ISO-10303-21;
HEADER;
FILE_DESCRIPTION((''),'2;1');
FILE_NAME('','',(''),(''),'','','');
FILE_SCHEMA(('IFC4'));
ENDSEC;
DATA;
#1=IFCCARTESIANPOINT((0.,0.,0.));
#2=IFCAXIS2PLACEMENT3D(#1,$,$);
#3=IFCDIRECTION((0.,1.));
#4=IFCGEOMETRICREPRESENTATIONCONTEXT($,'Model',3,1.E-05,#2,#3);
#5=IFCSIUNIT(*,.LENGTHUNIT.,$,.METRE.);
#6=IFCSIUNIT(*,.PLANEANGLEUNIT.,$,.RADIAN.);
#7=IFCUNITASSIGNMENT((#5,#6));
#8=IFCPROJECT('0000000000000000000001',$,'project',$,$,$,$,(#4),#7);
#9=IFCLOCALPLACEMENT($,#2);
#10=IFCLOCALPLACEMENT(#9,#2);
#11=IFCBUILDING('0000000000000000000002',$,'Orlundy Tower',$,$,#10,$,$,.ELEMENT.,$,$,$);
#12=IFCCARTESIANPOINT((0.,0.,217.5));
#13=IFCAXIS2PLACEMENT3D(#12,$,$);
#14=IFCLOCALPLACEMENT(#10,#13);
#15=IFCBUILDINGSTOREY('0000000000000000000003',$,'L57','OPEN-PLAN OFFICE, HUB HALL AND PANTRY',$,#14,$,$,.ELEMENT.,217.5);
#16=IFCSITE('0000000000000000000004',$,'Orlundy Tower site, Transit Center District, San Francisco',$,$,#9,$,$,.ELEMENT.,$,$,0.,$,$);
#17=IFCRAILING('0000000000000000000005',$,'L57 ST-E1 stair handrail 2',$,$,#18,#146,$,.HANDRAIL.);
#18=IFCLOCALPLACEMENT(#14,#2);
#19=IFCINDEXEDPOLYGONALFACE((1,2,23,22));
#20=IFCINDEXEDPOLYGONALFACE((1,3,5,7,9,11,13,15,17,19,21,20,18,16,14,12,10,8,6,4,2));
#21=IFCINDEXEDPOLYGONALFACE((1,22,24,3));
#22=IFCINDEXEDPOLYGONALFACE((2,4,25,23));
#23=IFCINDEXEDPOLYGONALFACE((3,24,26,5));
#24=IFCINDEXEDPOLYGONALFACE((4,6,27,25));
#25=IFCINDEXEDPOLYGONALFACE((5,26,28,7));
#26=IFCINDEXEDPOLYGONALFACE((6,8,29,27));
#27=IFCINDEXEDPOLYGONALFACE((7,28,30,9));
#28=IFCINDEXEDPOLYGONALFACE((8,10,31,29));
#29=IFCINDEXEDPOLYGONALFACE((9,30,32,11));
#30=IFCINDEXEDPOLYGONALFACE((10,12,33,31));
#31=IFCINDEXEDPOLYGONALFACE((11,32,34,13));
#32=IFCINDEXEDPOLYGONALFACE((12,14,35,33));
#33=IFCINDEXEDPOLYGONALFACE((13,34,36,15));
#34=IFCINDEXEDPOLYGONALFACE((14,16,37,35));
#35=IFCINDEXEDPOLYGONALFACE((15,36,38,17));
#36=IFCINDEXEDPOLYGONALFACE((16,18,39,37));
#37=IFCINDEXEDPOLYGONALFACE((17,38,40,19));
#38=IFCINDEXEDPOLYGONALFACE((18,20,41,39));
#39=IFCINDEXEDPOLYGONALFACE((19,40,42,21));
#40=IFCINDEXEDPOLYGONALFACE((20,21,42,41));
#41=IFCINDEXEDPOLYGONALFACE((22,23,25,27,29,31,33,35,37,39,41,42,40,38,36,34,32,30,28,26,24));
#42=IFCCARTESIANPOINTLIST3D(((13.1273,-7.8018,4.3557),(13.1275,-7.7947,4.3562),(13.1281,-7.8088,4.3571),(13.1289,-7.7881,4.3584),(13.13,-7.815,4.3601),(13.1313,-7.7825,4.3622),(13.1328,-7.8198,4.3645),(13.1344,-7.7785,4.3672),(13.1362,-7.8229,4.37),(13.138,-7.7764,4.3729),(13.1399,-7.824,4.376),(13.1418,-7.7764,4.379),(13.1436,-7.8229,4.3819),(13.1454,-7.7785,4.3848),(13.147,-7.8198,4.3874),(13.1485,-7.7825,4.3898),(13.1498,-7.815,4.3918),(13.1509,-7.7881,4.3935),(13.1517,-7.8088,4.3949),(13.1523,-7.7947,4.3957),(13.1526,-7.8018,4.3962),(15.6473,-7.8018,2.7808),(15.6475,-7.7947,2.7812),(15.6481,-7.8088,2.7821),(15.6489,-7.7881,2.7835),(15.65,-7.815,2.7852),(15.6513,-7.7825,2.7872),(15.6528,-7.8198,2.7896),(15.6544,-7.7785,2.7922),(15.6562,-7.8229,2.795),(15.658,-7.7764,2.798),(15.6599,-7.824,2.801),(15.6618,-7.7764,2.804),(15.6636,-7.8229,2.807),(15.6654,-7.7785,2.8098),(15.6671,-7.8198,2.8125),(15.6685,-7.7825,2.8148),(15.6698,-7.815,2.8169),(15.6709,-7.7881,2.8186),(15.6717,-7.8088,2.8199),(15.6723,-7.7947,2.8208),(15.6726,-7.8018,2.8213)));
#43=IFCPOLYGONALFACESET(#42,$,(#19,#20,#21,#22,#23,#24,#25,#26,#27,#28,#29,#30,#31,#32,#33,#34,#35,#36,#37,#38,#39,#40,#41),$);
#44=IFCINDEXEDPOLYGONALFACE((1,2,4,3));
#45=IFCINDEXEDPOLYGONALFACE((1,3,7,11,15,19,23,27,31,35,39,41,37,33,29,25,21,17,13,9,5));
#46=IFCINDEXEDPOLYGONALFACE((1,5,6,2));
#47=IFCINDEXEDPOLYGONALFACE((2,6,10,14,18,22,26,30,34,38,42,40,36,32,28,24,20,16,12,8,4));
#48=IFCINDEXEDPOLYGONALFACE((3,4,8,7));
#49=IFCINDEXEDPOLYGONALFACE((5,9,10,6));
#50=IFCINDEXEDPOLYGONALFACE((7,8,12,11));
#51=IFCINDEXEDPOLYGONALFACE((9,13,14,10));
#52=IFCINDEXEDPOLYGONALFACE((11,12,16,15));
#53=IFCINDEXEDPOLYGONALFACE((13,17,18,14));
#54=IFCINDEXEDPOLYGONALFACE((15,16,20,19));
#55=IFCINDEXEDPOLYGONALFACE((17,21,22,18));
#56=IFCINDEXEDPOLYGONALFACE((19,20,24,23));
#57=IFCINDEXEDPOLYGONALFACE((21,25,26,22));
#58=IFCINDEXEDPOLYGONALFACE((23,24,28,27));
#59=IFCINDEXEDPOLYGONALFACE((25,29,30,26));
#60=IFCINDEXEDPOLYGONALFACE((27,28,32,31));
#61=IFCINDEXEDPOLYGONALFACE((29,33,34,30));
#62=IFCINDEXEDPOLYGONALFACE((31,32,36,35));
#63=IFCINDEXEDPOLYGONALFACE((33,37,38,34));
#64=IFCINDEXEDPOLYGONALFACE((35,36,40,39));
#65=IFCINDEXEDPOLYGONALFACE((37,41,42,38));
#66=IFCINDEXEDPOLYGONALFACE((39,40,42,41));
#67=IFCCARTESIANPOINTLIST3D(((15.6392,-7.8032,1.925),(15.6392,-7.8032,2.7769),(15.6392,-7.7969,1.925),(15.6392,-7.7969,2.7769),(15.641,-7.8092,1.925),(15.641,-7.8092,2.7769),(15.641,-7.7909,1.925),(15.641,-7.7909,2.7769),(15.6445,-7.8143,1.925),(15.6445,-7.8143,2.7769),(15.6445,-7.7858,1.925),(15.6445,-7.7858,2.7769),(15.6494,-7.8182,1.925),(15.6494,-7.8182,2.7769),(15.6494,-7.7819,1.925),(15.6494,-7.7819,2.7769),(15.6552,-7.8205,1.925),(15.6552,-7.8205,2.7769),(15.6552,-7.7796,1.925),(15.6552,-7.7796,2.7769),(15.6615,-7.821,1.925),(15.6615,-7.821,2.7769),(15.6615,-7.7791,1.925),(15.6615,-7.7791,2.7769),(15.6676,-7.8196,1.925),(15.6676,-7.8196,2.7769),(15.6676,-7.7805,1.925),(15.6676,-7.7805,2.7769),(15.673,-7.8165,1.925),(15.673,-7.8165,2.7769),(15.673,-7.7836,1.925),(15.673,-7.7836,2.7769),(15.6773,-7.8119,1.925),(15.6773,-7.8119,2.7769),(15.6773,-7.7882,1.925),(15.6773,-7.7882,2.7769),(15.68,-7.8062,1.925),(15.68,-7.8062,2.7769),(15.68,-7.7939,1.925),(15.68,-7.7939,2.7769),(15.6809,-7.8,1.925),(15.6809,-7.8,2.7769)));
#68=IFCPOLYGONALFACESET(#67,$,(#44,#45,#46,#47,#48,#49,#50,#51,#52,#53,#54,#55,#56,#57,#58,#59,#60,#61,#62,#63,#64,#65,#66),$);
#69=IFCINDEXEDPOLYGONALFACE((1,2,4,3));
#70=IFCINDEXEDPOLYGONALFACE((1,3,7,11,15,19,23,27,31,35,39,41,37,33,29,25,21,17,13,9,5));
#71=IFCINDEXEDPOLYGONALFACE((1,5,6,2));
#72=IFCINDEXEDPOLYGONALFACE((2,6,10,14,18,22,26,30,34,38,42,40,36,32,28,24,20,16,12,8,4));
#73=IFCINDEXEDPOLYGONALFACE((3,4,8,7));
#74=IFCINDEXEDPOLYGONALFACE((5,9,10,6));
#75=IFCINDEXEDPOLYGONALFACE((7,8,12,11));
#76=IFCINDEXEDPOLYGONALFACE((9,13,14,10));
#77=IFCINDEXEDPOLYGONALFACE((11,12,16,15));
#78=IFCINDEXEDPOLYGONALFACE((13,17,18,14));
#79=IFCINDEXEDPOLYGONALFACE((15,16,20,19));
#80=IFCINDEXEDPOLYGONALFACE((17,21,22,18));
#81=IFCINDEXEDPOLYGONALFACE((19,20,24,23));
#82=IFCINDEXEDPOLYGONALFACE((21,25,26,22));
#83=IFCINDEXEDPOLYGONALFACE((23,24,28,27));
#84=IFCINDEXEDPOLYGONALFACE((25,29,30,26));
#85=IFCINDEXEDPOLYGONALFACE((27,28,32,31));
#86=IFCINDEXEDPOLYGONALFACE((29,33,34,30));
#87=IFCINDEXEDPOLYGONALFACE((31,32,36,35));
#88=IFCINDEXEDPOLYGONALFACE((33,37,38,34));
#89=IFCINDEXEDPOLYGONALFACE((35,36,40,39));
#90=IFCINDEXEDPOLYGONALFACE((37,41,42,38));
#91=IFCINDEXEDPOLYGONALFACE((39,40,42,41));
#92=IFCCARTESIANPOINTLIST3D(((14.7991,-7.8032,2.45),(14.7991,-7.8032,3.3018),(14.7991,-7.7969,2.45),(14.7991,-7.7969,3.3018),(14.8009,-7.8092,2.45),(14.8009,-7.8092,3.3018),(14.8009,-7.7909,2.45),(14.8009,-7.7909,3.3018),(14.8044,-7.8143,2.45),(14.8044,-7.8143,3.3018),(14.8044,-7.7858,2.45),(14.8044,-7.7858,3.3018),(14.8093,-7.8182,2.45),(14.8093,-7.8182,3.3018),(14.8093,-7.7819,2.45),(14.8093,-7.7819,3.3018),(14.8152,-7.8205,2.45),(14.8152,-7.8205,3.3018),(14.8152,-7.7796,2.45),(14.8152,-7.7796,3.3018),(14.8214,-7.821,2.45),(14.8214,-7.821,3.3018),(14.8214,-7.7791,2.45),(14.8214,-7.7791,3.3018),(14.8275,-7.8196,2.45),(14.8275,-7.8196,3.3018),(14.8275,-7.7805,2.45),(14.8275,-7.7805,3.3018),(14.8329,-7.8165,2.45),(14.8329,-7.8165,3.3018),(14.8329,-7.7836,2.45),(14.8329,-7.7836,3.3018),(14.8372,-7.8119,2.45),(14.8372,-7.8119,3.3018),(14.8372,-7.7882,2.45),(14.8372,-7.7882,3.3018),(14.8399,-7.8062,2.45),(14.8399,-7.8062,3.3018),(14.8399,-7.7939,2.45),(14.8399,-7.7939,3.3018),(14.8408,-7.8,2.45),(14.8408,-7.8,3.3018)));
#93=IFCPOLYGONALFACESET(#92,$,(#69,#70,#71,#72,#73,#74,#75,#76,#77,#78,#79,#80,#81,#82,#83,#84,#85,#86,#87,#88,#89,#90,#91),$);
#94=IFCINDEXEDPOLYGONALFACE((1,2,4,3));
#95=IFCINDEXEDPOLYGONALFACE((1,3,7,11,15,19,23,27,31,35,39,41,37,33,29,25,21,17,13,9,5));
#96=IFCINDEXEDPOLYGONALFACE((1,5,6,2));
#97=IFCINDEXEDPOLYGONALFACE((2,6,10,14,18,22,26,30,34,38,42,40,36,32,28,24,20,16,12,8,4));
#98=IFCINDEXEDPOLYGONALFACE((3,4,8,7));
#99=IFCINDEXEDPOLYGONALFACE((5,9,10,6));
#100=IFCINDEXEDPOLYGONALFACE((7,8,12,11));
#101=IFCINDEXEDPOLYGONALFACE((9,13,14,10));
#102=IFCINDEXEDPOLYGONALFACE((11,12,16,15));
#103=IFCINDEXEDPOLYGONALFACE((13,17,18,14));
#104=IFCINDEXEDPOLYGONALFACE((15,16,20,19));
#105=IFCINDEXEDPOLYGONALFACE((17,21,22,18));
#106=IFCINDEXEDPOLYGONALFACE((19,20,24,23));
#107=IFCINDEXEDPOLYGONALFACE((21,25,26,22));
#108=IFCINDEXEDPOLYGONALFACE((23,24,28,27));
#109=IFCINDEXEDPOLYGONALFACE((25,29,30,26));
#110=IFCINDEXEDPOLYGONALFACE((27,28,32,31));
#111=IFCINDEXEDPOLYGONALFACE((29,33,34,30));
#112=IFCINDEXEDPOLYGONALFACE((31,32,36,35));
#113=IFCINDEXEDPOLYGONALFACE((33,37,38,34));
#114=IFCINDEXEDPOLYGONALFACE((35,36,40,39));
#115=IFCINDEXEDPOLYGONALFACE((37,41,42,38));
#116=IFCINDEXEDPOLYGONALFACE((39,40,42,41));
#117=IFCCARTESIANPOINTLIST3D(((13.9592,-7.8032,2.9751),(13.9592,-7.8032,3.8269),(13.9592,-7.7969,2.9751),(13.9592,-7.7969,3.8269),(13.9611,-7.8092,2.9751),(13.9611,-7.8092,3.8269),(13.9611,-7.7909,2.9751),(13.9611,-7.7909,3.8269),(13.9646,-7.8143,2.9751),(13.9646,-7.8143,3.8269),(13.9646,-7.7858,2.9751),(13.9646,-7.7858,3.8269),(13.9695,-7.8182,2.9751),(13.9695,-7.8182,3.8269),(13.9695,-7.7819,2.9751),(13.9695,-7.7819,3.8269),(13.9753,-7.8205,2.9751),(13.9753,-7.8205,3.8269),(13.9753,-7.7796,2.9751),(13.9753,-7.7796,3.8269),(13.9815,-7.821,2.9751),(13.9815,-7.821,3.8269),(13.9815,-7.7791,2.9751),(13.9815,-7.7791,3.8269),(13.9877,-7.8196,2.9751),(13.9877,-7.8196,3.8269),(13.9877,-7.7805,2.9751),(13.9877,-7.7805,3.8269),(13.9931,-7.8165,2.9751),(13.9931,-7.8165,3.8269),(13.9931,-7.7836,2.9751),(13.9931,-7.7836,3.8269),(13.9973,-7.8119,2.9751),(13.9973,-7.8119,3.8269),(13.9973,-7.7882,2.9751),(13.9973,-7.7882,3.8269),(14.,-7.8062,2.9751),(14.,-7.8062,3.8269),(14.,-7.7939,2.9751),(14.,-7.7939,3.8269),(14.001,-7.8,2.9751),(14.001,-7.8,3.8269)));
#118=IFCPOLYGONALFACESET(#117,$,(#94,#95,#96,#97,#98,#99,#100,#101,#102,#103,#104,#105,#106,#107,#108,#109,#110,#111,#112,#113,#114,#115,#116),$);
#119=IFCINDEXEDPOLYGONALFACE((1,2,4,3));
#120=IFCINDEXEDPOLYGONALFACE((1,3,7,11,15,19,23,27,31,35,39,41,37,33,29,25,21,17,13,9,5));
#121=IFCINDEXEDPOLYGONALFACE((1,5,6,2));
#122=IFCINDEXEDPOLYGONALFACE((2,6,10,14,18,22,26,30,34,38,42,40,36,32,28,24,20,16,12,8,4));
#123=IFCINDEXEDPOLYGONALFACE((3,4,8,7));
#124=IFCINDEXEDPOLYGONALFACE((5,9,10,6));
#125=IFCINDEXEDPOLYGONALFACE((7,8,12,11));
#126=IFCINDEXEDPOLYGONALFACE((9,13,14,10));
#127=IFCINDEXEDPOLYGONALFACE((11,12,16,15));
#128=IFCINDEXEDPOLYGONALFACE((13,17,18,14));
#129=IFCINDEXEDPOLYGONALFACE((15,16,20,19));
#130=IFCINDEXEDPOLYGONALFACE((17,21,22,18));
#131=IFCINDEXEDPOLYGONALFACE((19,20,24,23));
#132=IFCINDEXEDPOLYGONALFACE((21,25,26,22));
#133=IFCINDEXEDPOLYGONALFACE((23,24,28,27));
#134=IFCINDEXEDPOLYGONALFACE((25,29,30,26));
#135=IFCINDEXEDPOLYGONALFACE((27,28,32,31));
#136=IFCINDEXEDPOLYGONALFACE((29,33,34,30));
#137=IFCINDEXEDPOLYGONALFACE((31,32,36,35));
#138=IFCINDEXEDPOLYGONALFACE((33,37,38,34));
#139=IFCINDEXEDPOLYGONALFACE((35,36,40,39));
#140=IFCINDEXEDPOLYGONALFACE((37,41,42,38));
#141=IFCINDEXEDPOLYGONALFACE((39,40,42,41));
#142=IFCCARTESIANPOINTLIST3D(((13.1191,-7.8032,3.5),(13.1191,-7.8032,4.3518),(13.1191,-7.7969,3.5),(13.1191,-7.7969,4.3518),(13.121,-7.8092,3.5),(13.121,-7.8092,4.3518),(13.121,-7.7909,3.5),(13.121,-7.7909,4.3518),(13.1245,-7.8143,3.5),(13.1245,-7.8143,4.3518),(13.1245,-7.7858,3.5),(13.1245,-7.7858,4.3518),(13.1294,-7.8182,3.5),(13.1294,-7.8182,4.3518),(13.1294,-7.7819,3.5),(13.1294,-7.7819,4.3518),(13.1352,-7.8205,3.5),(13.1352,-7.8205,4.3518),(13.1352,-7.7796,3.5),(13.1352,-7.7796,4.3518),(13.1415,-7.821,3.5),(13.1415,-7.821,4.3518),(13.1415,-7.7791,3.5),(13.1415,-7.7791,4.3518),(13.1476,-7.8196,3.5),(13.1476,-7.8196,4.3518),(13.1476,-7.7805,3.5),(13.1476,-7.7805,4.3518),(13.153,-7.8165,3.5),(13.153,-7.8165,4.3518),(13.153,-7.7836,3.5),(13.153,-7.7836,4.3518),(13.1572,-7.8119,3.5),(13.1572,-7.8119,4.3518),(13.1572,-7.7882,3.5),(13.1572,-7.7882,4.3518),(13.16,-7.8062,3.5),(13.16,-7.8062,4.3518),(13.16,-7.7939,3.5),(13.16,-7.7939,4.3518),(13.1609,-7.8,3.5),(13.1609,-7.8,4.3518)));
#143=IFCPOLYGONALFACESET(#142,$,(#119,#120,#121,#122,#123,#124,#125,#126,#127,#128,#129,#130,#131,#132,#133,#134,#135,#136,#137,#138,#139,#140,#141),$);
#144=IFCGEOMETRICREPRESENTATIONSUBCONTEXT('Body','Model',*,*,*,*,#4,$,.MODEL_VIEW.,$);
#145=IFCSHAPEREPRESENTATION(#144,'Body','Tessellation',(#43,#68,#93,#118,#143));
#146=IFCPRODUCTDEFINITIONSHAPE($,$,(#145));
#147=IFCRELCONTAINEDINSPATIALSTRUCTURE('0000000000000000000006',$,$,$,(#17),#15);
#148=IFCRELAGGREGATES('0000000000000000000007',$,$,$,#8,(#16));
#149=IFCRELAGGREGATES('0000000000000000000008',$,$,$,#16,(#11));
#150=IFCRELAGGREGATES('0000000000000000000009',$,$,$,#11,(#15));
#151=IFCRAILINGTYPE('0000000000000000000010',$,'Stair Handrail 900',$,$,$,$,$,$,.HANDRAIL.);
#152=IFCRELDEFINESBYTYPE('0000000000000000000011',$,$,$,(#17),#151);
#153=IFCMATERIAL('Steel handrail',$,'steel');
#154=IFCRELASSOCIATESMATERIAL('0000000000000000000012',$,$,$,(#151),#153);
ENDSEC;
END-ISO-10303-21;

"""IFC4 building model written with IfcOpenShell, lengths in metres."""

from ifc_helpers import new_model, si_unit, direction, frame, origin, origin_2d, place, context, subcontext, project, spatial, circle, extrude, material, type_object, element, save


model = new_model("IFC4")

# Units and contexts
model_context = context("Model", 3, precision=1e-05, world=origin(), true_north=direction((0.0, 1.0)))
body_context = subcontext(model_context, "Body", "Model", "MODEL_VIEW")
ifc_project = project(units=[si_unit("LENGTHUNIT", "METRE"), si_unit("PLANEANGLEUNIT", "RADIAN")], contexts=[model_context])

# Site, building, storey
site_placement = place(None, origin())
site = spatial("IfcSite", under=ifc_project, at=site_placement, Name="Orlundy Tower site, Transit Center District, San Francisco", CompositionType="ELEMENT", RefElevation=0.0)
building_placement = place(site_placement, origin())
building = spatial("IfcBuilding", under=site, at=building_placement, Name="Orlundy Tower", CompositionType="ELEMENT")
storey_placement = place(building_placement, frame((0.0, 0.0, 217.5)))
storey = spatial("IfcBuildingStorey", under=building, at=storey_placement, Name="L57", Description="OPEN-PLAN OFFICE, HUB HALL AND PANTRY", CompositionType="ELEMENT", Elevation=217.5)

# Railing
ifc_material_1 = material(Name="Steel handrail", Category="steel")
railing_type_1 = type_object("IfcRailingType", Name="Stair Handrail 900", PredefinedType="HANDRAIL", material=ifc_material_1)
railing_1_placement = place(storey_placement, frame((15.6599, -7.8, 1.925)))
element("IfcRailing", 1, at=railing_1_placement, inside=storey, type_object=railing_type_1, Name="L57 ST-E1 stair handrail 2", PredefinedType="HANDRAIL", context=body_context, shape_type="SweptSolid", body=[
    extrude(circle(Radius=0.0239, at=origin_2d()), frame((0.0, 0.0, 0.876), z_axis=(-0.848008, 0.0, 0.529984), x_axis=(0.0, -1.0, 0.0)), (0.0, 0.0, 1.0), 2.9717),
    extrude(circle(Radius=0.021, at=origin_2d()), origin(), (0.0, 0.0, 1.0), 0.8518),
    extrude(circle(Radius=0.021, at=origin_2d()), frame((-0.8401, 0.0, 0.5249)), (0.0, 0.0, 1.0), 0.8518),
    extrude(circle(Radius=0.021, at=origin_2d()), frame((-1.6799, 0.0, 1.05)), (0.0, 0.0, 1.0), 0.8518),
    extrude(circle(Radius=0.021, at=origin_2d()), frame((-2.52, 0.0, 1.575)), (0.0, 0.0, 1.0), 0.8518),
])

save(model, "model.ifc")
